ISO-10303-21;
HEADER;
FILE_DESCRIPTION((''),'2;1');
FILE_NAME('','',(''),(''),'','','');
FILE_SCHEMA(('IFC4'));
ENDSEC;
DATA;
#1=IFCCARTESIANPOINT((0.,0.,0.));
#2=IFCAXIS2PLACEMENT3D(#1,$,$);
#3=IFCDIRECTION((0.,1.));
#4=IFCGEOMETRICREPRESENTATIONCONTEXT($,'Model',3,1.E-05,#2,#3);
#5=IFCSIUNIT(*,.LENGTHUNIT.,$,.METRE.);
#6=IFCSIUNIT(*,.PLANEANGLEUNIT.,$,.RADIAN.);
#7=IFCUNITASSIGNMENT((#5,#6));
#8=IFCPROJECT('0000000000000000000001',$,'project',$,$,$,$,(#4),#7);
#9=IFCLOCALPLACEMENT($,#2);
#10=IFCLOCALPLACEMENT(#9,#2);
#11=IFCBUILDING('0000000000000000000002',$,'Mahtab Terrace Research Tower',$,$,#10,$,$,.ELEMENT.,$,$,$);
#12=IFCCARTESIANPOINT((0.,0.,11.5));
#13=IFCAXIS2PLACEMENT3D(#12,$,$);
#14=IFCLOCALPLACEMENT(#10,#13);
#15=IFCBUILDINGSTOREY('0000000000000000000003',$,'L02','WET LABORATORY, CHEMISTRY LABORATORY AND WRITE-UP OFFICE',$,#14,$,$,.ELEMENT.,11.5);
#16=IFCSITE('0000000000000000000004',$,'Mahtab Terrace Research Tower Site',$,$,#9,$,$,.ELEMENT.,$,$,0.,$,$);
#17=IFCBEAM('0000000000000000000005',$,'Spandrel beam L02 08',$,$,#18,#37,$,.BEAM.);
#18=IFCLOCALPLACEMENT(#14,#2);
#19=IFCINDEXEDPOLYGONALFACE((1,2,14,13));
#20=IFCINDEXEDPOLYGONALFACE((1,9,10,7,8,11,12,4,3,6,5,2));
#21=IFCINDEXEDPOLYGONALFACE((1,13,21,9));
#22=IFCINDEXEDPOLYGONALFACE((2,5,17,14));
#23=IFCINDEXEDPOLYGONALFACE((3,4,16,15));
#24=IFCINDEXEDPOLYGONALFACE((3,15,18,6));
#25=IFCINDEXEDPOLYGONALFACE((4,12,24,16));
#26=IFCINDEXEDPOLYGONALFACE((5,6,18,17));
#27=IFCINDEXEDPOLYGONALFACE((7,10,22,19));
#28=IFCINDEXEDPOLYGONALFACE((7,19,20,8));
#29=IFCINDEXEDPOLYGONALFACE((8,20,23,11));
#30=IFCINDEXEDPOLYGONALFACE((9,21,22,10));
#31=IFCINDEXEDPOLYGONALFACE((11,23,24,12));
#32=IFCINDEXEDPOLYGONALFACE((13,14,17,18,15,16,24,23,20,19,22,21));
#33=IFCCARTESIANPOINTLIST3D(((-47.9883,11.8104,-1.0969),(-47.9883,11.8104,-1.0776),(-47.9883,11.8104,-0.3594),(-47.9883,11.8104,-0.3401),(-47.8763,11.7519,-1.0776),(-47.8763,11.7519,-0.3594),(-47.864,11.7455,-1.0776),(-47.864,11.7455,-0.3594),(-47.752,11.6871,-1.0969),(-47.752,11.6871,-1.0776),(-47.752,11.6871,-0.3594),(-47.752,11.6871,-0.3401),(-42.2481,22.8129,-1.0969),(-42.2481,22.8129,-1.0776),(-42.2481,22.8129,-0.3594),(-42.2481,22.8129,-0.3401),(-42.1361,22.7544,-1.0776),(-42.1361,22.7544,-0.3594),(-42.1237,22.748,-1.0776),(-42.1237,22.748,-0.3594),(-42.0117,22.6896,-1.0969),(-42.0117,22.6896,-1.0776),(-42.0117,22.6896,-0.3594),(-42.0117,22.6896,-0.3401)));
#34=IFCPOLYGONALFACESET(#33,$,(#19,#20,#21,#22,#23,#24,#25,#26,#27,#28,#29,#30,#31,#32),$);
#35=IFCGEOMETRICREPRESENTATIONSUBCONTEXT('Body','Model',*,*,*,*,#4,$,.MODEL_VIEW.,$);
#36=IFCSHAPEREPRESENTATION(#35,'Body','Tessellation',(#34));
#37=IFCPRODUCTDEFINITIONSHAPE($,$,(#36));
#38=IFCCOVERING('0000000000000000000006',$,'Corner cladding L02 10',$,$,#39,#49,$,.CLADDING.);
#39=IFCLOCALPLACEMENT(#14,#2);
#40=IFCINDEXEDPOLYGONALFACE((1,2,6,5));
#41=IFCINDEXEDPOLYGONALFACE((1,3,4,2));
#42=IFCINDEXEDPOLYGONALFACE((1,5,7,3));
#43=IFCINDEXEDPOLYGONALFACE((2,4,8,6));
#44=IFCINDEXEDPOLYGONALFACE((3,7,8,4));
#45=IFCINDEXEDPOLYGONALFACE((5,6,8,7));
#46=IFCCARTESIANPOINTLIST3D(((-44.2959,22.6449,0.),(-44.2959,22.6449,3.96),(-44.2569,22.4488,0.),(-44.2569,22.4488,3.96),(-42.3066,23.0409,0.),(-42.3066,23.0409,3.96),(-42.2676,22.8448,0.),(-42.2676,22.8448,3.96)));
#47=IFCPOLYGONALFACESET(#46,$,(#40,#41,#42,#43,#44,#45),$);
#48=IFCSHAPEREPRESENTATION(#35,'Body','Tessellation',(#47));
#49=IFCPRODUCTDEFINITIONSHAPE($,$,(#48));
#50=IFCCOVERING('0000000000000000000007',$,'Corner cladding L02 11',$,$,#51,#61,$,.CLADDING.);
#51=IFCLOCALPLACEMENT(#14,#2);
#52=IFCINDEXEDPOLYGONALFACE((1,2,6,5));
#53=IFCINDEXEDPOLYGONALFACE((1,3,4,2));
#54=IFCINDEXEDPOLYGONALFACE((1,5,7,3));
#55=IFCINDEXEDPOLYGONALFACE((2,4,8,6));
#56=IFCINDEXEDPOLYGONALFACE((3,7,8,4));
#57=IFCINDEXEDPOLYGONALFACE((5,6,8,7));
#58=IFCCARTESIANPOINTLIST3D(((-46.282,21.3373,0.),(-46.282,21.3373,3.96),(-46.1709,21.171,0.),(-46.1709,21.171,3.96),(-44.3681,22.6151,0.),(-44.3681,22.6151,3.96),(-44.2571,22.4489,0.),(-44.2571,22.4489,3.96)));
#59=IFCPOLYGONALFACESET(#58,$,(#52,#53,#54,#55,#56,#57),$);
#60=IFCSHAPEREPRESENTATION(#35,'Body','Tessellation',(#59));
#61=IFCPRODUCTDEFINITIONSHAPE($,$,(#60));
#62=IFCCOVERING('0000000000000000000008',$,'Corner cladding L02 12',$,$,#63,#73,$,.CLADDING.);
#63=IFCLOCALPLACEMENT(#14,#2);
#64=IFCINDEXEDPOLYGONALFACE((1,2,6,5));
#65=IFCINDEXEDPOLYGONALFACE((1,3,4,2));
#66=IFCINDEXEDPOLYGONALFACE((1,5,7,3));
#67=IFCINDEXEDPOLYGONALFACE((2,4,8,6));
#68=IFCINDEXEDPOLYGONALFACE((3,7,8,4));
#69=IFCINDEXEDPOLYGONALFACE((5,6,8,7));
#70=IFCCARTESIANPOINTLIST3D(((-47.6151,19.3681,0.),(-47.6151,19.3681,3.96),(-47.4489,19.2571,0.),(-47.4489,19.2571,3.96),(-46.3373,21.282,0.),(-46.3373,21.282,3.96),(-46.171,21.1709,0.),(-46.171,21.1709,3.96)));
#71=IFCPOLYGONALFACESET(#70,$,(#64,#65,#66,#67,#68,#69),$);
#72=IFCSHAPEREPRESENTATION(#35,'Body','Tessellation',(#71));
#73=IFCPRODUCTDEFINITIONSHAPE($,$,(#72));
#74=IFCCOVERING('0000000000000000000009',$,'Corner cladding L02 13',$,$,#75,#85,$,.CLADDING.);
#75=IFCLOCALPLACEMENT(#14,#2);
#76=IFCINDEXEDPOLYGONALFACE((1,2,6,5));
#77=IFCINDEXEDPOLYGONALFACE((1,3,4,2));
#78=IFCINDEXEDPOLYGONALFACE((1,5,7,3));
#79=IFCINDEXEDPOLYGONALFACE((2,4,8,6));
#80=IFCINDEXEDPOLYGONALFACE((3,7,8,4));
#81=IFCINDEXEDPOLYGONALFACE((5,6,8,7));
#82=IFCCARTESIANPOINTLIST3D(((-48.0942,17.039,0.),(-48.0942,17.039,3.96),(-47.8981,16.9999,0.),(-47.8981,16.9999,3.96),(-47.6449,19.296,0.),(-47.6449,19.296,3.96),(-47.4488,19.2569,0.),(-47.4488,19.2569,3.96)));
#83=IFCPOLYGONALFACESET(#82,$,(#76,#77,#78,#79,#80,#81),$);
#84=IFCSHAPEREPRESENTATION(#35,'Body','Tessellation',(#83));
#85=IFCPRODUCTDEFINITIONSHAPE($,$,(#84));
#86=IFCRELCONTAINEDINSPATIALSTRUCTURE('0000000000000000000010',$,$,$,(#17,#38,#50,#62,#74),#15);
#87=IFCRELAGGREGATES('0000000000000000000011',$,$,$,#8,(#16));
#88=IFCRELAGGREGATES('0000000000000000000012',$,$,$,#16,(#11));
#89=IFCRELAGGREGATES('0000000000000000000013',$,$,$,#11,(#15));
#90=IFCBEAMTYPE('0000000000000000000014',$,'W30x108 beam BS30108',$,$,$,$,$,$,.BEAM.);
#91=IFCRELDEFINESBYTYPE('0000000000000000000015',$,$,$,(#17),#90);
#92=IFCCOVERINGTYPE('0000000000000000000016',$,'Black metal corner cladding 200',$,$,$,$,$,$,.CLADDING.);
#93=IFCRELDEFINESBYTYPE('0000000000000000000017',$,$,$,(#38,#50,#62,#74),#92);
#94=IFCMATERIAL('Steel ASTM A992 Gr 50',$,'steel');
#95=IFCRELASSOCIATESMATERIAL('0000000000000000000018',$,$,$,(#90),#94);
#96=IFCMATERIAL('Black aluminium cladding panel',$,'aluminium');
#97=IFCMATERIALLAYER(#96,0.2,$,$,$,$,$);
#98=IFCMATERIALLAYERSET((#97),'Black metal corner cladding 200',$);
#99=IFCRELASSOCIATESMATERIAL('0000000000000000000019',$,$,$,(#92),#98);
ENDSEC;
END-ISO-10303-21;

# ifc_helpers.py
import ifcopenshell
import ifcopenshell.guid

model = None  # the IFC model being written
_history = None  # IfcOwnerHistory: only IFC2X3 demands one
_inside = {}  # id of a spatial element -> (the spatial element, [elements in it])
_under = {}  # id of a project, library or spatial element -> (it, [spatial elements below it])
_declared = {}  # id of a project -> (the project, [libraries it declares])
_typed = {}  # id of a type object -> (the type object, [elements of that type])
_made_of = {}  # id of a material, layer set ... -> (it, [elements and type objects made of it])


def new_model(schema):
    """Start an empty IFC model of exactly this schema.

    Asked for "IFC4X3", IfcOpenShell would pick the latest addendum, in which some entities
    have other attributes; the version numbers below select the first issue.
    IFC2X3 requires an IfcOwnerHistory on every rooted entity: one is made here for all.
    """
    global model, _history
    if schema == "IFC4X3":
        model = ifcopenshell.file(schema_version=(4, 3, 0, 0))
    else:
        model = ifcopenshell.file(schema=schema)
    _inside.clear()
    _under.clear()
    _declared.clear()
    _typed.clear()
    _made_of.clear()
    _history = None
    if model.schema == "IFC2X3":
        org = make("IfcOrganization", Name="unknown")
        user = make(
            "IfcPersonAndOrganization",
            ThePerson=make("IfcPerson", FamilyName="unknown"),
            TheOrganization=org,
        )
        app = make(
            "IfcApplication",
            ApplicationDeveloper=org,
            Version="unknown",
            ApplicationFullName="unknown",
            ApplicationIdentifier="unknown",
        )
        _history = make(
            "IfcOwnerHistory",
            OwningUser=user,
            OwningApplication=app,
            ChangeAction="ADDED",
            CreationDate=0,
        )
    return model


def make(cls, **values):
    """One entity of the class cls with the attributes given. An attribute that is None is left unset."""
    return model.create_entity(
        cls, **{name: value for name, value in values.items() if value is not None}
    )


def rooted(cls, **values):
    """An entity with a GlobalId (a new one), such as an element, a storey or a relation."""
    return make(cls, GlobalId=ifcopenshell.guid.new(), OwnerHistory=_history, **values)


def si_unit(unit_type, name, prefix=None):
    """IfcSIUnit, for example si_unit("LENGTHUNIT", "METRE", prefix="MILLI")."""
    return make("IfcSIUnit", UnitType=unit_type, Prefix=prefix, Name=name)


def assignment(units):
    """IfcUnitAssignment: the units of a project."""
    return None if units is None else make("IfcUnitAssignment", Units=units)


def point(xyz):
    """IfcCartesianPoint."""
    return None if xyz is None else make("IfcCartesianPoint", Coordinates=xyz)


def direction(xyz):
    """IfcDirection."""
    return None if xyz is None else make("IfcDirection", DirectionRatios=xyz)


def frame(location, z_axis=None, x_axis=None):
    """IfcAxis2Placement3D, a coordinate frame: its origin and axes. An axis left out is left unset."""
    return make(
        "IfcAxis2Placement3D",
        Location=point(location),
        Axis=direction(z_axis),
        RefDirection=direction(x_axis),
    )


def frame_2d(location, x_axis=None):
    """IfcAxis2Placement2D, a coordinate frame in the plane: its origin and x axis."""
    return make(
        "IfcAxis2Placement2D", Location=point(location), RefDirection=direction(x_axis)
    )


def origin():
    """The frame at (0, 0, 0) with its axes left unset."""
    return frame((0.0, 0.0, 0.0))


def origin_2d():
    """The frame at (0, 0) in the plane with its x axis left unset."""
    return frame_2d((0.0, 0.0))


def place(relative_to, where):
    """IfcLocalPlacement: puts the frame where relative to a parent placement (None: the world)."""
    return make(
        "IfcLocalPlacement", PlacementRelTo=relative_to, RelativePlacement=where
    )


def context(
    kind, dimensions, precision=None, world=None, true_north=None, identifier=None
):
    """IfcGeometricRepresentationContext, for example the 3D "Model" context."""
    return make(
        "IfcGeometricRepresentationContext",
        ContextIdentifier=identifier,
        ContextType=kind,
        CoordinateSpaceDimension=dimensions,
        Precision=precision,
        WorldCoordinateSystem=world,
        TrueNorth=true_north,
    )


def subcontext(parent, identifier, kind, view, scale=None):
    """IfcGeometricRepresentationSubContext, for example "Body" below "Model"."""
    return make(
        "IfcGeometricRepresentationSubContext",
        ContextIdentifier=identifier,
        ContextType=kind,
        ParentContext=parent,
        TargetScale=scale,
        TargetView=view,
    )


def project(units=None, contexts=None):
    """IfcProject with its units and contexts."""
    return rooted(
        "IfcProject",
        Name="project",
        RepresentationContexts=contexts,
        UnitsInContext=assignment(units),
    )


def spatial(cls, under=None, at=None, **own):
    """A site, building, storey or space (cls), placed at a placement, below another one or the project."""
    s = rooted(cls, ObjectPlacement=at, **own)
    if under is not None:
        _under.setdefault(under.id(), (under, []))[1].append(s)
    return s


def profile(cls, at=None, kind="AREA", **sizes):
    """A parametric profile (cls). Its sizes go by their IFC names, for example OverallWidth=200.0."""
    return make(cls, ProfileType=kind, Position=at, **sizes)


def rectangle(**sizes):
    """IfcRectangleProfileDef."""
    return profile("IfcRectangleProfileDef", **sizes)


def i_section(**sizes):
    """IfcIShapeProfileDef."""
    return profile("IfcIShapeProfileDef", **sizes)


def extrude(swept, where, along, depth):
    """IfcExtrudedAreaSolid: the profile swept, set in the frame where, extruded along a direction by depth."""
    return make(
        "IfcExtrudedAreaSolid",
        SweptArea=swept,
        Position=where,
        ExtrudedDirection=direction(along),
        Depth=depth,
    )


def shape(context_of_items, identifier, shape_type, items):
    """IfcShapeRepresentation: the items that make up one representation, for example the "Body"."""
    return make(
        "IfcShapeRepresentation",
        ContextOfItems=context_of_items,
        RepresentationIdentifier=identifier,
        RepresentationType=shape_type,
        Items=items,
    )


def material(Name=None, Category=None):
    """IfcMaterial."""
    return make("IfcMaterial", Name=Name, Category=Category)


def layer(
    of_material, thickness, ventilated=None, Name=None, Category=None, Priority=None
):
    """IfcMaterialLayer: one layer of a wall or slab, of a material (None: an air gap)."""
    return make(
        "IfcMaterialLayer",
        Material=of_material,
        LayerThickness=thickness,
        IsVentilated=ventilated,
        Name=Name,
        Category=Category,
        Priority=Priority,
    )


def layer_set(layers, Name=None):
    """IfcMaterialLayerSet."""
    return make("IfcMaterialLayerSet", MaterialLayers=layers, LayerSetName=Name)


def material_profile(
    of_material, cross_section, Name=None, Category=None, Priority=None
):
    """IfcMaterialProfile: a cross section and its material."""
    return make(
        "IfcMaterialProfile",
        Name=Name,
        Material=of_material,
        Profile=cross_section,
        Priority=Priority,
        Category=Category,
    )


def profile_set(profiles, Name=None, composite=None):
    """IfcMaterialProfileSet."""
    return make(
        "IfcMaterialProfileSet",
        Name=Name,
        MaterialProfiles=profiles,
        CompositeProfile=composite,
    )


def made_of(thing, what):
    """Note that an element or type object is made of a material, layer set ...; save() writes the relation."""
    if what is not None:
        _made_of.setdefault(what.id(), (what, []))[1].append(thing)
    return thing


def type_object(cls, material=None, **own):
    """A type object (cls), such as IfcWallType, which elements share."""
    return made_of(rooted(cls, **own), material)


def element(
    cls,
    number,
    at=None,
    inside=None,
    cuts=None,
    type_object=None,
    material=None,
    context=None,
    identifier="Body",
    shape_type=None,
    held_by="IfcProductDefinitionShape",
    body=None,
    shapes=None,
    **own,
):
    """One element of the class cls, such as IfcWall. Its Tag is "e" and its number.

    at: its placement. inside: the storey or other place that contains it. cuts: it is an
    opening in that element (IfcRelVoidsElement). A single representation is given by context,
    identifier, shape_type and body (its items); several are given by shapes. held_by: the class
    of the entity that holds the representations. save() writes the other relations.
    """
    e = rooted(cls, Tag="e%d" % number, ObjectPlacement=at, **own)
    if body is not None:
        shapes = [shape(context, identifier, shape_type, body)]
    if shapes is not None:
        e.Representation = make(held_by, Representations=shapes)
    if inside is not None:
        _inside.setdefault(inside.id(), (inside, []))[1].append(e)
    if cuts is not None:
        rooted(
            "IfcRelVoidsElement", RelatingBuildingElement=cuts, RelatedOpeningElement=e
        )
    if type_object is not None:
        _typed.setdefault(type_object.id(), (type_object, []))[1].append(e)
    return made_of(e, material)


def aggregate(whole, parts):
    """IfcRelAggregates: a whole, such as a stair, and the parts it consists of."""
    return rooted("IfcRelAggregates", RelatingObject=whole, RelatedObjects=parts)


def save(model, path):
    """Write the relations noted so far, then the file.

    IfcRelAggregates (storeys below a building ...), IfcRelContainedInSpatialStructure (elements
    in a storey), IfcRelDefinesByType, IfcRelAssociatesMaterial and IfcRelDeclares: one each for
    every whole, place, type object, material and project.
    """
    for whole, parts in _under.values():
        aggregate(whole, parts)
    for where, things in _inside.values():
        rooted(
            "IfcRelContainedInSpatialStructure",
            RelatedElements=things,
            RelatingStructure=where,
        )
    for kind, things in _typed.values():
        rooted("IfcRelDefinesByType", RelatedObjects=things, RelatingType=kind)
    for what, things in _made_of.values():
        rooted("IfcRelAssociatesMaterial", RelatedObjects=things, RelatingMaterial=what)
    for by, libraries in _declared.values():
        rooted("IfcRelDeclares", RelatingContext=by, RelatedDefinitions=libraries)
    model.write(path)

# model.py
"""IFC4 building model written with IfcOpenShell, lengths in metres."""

from ifc_helpers import new_model, si_unit, direction, frame, origin, origin_2d, place, context, subcontext, project, spatial, rectangle, i_section, extrude, material, layer, layer_set, material_profile, profile_set, type_object, element, save


model = new_model("IFC4")

# Units and contexts
model_context = context("Model", 3, precision=1e-05, world=origin(), true_north=direction((0.0, 1.0)))
body_context = subcontext(model_context, "Body", "Model", "MODEL_VIEW")
ifc_project = project(units=[si_unit("LENGTHUNIT", "METRE"), si_unit("PLANEANGLEUNIT", "RADIAN")], contexts=[model_context])

# Site, building, storey
site_placement = place(None, origin())
site = spatial("IfcSite", under=ifc_project, at=site_placement, Name="Mahtab Terrace Research Tower Site", CompositionType="ELEMENT", RefElevation=0.0)
building_placement = place(site_placement, origin())
building = spatial("IfcBuilding", under=site, at=building_placement, Name="Mahtab Terrace Research Tower", CompositionType="ELEMENT")
storey_placement = place(building_placement, frame((0.0, 0.0, 11.5)))
storey = spatial("IfcBuildingStorey", under=building, at=storey_placement, Name="L02", Description="WET LABORATORY, CHEMISTRY LABORATORY AND WRITE-UP OFFICE", CompositionType="ELEMENT", Elevation=11.5)

# Beam
ifc_material_1 = material(Name="Steel ASTM A992 Gr 50", Category="steel")
ifc_material_profile = material_profile(ifc_material_1, i_section(OverallWidth=0.2666, OverallDepth=0.7568, WebThickness=0.0139, FlangeThickness=0.0193, at=origin_2d()), Name="W30X108")
ifc_profile_set = profile_set([ifc_material_profile], Name="Steel ASTM A992 Gr 50")
beam_type = type_object("IfcBeamType", Name="W30x108 beam BS30108", PredefinedType="BEAM", material=ifc_profile_set)
beam_placement = place(storey_placement, frame((-42.1299, 22.7512, -0.7185), z_axis=(-0.462555, -0.88659, 0.0), x_axis=(0.88659, -0.462555, 0.0)))
element("IfcBeam", 1, at=beam_placement, inside=storey, type_object=beam_type, Name="Spandrel beam L02 08", PredefinedType="BEAM", context=body_context, shape_type="SweptSolid", body=[
    extrude(i_section(OverallWidth=0.2666, OverallDepth=0.7568, WebThickness=0.0139, FlangeThickness=0.0193, at=origin_2d()), origin(), (0.0, 0.0, 1.0), 12.4099),
])

# Coverings
ifc_material_2 = material(Name="Black aluminium cladding panel", Category="aluminium")
ifc_layer = layer(ifc_material_2, 0.2)
ifc_layer_set = layer_set([ifc_layer], Name="Black metal corner cladding 200")
covering_type = type_object("IfcCoveringType", Name="Black metal corner cladding 200", PredefinedType="CLADDING", material=ifc_layer_set)
covering_placement = place(storey_placement, frame((-43.2817, 22.7449, 0.0), z_axis=(0.0, 0.0, 1.0), x_axis=(-0.980761, -0.195212, 0.0)))
element("IfcCovering", 2, at=covering_placement, inside=storey, type_object=covering_type, Name="Corner cladding L02 10", PredefinedType="CLADDING", context=body_context, shape_type="SweptSolid", body=[
    extrude(rectangle(XDim=2.0283, YDim=0.2, at=origin_2d()), origin(), (0.0, 0.0, 1.0), 3.96),
])
for number, where, z_axis, x_axis, name in (
    (3, (-45.2695, 21.8931, 0.0), (0.0, 0.0, 1.0), (-0.831656, -0.555291, 0.0), "Corner cladding L02 11"),
    (4, (-46.8931, 20.2695, 0.0), (0.0, 0.0, 1.0), (-0.555291, -0.831656, 0.0), "Corner cladding L02 12"),
    (5, (-47.7715, 18.1479, 0.0), (0.0, 0.0, 1.0), (-0.195212, -0.980761, 0.0), "Corner cladding L02 13"),
):
    element("IfcCovering", number, at=place(storey_placement, frame(where, z_axis=z_axis, x_axis=x_axis)), inside=storey, type_object=covering_type, Name=name, PredefinedType="CLADDING", context=body_context, shape_type="SweptSolid", body=[
        extrude(rectangle(XDim=2.3013, YDim=0.2, at=origin_2d()), origin(), (0.0, 0.0, 1.0), 3.96),
    ])

save(model, "model.ifc")
